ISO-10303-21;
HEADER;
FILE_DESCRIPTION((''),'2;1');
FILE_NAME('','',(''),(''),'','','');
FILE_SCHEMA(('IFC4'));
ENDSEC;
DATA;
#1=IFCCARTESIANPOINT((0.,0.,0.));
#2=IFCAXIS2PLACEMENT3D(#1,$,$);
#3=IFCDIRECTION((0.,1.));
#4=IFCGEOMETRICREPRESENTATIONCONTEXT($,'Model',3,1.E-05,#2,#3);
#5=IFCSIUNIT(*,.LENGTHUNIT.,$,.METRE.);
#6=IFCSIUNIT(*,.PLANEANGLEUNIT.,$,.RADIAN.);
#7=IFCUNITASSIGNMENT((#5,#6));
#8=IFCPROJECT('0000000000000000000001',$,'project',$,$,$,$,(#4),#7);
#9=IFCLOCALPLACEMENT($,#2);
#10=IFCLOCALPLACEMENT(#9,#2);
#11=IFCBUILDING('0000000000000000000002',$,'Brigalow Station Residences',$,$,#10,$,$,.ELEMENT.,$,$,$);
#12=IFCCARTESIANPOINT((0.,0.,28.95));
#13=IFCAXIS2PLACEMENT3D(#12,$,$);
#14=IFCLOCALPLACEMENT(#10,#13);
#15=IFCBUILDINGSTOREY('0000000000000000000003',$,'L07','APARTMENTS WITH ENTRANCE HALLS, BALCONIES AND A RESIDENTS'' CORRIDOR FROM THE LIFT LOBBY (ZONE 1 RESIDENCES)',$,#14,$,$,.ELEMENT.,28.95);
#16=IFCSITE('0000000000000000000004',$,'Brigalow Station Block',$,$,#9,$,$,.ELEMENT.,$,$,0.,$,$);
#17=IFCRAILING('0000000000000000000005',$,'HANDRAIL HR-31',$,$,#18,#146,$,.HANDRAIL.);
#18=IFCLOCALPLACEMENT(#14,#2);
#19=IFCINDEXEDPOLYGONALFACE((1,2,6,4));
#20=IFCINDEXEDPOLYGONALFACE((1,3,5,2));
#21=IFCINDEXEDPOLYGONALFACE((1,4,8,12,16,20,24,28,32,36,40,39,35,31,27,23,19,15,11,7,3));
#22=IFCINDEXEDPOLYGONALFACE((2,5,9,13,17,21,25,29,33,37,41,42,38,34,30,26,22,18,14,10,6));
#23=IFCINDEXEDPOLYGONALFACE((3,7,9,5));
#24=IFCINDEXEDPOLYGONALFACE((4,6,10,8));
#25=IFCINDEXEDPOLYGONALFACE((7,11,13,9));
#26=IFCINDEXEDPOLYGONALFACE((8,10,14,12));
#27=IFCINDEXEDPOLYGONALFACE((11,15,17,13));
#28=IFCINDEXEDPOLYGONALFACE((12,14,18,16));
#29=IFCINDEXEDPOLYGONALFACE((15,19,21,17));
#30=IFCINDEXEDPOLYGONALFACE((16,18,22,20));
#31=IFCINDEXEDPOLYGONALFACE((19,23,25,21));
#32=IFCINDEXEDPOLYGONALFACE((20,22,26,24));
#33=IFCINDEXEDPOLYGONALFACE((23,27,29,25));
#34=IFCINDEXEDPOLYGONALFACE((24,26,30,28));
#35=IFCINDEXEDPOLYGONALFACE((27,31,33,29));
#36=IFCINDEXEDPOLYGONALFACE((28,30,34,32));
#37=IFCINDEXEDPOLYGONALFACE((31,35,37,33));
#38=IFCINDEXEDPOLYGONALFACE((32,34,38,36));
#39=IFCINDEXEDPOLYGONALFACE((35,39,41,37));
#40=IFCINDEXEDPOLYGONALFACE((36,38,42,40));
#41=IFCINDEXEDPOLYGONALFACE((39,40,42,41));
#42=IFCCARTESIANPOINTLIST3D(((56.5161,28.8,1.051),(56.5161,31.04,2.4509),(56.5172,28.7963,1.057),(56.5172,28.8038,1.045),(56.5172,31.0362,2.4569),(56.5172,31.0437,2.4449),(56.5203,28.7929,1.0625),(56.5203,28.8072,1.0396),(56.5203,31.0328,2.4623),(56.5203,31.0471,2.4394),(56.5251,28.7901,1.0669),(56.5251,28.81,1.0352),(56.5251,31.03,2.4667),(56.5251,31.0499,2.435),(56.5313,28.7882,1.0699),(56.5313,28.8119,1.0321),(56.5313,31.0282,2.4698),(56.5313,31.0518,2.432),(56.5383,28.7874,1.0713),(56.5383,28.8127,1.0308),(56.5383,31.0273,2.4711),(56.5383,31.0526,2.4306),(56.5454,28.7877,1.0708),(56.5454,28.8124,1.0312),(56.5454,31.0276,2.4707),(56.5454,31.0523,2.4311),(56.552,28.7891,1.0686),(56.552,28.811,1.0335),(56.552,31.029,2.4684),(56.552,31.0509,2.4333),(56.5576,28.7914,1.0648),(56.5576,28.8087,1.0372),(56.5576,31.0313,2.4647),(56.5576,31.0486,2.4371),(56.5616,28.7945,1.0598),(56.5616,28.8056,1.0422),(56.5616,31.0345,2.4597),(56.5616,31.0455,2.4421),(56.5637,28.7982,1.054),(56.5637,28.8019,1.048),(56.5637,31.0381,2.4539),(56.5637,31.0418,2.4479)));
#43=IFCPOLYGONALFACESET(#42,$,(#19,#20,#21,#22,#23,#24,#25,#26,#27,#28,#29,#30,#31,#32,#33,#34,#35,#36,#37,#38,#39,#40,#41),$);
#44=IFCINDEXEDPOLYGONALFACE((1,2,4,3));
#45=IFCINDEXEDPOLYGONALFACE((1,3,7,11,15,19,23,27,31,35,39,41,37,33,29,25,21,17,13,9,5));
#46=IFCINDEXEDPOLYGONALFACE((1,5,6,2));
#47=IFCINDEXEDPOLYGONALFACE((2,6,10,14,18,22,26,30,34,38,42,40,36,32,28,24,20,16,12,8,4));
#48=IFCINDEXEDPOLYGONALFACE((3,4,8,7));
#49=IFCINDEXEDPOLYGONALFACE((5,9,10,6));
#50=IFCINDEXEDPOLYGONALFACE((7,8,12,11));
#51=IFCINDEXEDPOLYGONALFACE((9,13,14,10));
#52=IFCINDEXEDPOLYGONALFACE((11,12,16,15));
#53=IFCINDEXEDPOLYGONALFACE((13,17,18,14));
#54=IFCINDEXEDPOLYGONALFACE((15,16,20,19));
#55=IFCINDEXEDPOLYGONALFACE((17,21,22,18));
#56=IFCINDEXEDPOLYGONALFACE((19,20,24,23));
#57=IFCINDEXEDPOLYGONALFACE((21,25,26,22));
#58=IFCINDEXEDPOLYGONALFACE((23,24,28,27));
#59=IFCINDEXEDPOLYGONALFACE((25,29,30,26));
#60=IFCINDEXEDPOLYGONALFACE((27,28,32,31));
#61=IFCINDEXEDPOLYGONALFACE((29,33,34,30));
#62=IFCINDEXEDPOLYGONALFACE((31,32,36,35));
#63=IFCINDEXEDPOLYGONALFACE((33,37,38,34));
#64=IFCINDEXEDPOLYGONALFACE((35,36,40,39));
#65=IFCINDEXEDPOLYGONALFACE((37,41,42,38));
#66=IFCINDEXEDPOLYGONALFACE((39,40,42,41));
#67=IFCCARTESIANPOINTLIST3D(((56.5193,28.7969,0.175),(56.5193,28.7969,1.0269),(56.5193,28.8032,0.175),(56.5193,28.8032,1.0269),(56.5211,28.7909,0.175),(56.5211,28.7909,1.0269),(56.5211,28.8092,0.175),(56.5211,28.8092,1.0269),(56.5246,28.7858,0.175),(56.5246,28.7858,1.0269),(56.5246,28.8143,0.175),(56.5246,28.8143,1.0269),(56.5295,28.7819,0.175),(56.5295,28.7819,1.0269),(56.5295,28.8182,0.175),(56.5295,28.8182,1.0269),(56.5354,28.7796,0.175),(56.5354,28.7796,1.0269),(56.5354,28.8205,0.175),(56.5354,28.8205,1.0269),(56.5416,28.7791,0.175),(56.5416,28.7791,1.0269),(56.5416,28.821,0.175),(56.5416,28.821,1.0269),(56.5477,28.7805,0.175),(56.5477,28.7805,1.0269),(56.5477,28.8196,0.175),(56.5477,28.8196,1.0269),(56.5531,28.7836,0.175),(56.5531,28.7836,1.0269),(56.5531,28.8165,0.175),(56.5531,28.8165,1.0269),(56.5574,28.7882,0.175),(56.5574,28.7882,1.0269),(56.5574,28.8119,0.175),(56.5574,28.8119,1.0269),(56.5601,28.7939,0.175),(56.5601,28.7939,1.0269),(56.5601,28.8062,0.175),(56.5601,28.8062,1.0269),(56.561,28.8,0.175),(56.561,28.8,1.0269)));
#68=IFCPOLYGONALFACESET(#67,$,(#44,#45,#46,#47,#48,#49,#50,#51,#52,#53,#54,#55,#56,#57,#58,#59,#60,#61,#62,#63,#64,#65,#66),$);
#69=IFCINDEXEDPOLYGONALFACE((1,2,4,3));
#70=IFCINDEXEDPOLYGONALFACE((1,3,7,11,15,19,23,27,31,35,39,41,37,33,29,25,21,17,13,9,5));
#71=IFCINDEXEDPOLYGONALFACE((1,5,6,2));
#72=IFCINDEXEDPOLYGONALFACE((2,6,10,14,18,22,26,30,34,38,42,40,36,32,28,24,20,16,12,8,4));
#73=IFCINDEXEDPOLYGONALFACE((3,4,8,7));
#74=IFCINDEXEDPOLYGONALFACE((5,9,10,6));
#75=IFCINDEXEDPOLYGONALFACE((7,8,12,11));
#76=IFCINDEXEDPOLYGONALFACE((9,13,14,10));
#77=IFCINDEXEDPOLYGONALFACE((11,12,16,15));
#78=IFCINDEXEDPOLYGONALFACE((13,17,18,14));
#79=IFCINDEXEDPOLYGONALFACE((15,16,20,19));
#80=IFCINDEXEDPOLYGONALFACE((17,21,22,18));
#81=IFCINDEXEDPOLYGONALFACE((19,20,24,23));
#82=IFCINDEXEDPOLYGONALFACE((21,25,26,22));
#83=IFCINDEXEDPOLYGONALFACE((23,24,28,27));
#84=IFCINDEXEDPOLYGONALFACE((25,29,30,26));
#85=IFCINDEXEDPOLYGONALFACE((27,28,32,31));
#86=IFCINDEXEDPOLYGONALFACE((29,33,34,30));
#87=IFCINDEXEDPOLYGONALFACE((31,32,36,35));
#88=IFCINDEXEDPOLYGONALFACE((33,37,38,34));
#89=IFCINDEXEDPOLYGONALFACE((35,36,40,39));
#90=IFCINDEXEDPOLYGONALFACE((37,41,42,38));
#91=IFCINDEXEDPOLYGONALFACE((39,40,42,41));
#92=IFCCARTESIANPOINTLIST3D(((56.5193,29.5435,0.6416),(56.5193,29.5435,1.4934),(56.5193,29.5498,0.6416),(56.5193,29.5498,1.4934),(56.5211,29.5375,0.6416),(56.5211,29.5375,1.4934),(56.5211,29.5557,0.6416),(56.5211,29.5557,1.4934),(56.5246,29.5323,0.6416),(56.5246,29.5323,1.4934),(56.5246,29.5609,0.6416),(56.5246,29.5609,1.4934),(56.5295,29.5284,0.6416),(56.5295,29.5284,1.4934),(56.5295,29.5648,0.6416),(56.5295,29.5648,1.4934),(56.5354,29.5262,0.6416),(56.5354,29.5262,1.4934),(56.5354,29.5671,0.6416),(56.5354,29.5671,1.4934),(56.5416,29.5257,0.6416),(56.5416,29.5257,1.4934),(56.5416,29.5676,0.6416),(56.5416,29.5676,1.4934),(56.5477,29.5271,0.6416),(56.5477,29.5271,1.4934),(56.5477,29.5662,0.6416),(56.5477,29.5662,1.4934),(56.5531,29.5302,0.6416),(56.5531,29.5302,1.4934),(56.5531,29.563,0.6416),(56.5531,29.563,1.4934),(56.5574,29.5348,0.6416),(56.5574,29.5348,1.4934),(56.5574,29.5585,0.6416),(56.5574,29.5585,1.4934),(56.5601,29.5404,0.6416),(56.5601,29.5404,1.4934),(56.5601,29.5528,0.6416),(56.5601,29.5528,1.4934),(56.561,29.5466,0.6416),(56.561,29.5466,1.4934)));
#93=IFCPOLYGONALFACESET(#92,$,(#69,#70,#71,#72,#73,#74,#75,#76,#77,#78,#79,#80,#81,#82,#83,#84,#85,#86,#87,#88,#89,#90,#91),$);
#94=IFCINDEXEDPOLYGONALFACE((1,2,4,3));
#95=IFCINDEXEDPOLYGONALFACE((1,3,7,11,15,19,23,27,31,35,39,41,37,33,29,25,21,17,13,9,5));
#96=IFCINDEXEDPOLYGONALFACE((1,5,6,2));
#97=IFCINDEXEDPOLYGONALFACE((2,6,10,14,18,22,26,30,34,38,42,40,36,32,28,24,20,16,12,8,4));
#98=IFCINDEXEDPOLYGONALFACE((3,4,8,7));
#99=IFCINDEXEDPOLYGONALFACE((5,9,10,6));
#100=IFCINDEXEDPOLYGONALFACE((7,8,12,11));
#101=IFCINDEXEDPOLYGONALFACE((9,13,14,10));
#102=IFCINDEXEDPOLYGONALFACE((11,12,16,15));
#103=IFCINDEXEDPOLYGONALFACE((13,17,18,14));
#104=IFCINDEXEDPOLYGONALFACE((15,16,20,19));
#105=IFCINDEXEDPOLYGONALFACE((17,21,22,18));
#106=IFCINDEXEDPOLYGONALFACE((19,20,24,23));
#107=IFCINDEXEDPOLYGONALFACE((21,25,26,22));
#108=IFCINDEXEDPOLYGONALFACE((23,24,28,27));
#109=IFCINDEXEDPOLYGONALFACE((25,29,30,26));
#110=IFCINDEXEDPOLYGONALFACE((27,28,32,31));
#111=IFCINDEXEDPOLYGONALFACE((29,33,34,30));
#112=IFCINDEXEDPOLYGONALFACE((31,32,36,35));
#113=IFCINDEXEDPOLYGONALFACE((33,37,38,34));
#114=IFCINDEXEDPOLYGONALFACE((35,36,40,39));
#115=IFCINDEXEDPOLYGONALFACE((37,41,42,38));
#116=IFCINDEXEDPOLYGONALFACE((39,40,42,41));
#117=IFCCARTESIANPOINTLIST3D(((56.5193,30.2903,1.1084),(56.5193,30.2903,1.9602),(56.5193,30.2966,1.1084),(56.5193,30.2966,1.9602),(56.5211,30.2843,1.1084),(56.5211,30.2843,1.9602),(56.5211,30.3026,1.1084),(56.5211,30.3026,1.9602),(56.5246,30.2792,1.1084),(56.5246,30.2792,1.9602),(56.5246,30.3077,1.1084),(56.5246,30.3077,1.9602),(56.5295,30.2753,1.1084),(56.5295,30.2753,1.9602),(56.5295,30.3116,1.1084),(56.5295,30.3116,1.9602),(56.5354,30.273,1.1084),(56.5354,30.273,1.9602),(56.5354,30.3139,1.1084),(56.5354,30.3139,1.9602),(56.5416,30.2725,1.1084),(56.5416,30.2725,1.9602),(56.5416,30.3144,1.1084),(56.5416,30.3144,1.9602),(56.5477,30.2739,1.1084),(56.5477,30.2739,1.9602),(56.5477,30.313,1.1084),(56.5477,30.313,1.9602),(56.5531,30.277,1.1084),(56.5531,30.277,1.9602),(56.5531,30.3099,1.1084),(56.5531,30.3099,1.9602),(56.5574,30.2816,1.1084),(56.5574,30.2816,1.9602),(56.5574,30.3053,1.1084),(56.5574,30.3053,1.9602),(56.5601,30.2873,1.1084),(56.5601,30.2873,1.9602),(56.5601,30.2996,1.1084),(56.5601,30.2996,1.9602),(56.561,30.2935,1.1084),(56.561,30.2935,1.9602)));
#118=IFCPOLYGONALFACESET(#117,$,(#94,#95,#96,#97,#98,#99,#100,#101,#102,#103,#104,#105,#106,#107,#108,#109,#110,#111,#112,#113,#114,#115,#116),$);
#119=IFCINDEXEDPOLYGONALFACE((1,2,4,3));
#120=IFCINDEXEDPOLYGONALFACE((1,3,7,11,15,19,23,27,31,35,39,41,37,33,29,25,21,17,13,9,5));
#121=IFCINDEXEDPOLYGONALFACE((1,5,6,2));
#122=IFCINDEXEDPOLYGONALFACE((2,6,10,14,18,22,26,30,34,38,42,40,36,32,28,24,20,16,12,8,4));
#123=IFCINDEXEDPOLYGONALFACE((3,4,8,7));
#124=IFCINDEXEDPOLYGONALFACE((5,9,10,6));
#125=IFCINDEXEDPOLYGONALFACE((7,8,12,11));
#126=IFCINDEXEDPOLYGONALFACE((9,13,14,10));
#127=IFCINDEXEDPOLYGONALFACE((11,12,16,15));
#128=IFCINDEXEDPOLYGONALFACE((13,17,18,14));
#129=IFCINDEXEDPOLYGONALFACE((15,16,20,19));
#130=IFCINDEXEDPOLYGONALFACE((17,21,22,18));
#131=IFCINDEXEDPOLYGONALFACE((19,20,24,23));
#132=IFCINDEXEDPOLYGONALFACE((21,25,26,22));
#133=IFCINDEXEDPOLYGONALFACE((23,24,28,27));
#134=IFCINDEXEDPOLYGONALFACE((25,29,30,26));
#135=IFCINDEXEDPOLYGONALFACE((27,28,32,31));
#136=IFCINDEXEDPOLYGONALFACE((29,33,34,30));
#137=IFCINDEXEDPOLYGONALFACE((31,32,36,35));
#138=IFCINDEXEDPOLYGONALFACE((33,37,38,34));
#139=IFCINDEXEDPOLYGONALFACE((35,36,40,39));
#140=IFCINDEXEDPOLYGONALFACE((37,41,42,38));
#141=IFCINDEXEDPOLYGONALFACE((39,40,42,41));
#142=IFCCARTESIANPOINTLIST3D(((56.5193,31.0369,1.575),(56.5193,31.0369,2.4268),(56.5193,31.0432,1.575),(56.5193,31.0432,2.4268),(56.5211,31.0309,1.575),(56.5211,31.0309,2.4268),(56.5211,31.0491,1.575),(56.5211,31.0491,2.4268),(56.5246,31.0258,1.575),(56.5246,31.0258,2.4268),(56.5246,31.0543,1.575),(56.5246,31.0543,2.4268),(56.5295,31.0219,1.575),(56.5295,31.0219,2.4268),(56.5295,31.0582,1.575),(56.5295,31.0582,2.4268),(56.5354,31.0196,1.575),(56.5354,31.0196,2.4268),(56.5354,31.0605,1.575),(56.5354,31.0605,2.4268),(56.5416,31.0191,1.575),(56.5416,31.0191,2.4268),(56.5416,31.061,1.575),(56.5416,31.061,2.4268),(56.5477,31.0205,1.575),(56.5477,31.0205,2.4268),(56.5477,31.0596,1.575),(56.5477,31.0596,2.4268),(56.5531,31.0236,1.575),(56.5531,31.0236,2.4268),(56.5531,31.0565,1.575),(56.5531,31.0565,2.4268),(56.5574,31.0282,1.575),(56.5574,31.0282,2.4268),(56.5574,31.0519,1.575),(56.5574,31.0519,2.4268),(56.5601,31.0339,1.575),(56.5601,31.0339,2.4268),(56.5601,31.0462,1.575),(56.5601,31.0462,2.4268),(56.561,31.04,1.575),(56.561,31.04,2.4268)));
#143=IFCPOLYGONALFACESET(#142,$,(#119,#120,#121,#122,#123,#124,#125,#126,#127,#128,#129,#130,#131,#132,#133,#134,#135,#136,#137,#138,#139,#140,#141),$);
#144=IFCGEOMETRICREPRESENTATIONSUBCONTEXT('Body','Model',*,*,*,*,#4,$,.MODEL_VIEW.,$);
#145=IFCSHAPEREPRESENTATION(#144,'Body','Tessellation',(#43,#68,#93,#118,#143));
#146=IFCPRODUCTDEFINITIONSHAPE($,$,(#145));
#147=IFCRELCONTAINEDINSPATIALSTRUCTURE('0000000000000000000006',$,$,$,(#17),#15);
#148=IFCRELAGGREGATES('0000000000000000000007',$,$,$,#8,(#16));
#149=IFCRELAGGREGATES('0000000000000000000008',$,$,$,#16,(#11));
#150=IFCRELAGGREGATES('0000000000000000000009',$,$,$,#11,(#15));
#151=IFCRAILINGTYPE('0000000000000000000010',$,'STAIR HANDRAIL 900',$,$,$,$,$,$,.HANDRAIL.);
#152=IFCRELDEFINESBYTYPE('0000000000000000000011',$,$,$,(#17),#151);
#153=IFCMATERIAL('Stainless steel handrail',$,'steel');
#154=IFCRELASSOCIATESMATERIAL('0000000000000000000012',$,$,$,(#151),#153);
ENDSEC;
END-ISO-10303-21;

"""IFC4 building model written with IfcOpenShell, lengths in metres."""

from ifc_helpers import new_model, si_unit, direction, frame, origin, origin_2d, place, context, subcontext, project, spatial, circle, extrude, material, type_object, element, save


model = new_model("IFC4")

# Units and contexts
model_context = context("Model", 3, precision=1e-05, world=origin(), true_north=direction((0.0, 1.0)))
body_context = subcontext(model_context, "Body", "Model", "MODEL_VIEW")
ifc_project = project(units=[si_unit("LENGTHUNIT", "METRE"), si_unit("PLANEANGLEUNIT", "RADIAN")], contexts=[model_context])

# Site, building, storey
site_placement = place(None, origin())
site = spatial("IfcSite", under=ifc_project, at=site_placement, Name="Brigalow Station Block", CompositionType="ELEMENT", RefElevation=0.0)
building_placement = place(site_placement, origin())
building = spatial("IfcBuilding", under=site, at=building_placement, Name="Brigalow Station Residences", CompositionType="ELEMENT")
storey_placement = place(building_placement, frame((0.0, 0.0, 28.95)))
storey = spatial("IfcBuildingStorey", under=building, at=storey_placement, Name="L07", Description="APARTMENTS WITH ENTRANCE HALLS, BALCONIES AND A RESIDENTS' CORRIDOR FROM THE LIFT LOBBY (ZONE 1 RESIDENCES)", CompositionType="ELEMENT", Elevation=28.95)

# Railing
ifc_material_1 = material(Name="Stainless steel handrail", Category="steel")
railing_type = type_object("IfcRailingType", Name="STAIR HANDRAIL 900", PredefinedType="HANDRAIL", material=ifc_material_1)
railing_placement = place(storey_placement, frame((56.54, 28.8, 0.175)))
element("IfcRailing", 1, at=railing_placement, inside=storey, type_object=railing_type, Name="HANDRAIL HR-31", PredefinedType="HANDRAIL", context=body_context, shape_type="SweptSolid", body=[
    extrude(circle(Radius=0.0239, at=origin_2d()), frame((0.0, 0.0, 0.876), z_axis=(0.0, 0.848014, 0.529974), x_axis=(-1.0, 0.0, 0.0)), (0.0, 0.0, 1.0), 2.6414),
    extrude(circle(Radius=0.021, at=origin_2d()), origin(), (0.0, 0.0, 1.0), 0.8518),
    extrude(circle(Radius=0.021, at=origin_2d()), frame((0.0, 0.7466, 0.4666)), (0.0, 0.0, 1.0), 0.8518),
    extrude(circle(Radius=0.021, at=origin_2d()), frame((0.0, 1.4934, 0.9333)), (0.0, 0.0, 1.0), 0.8518),
    extrude(circle(Radius=0.021, at=origin_2d()), frame((0.0, 2.24, 1.3999)), (0.0, 0.0, 1.0), 0.8518),
])

save(model, "model.ifc")
